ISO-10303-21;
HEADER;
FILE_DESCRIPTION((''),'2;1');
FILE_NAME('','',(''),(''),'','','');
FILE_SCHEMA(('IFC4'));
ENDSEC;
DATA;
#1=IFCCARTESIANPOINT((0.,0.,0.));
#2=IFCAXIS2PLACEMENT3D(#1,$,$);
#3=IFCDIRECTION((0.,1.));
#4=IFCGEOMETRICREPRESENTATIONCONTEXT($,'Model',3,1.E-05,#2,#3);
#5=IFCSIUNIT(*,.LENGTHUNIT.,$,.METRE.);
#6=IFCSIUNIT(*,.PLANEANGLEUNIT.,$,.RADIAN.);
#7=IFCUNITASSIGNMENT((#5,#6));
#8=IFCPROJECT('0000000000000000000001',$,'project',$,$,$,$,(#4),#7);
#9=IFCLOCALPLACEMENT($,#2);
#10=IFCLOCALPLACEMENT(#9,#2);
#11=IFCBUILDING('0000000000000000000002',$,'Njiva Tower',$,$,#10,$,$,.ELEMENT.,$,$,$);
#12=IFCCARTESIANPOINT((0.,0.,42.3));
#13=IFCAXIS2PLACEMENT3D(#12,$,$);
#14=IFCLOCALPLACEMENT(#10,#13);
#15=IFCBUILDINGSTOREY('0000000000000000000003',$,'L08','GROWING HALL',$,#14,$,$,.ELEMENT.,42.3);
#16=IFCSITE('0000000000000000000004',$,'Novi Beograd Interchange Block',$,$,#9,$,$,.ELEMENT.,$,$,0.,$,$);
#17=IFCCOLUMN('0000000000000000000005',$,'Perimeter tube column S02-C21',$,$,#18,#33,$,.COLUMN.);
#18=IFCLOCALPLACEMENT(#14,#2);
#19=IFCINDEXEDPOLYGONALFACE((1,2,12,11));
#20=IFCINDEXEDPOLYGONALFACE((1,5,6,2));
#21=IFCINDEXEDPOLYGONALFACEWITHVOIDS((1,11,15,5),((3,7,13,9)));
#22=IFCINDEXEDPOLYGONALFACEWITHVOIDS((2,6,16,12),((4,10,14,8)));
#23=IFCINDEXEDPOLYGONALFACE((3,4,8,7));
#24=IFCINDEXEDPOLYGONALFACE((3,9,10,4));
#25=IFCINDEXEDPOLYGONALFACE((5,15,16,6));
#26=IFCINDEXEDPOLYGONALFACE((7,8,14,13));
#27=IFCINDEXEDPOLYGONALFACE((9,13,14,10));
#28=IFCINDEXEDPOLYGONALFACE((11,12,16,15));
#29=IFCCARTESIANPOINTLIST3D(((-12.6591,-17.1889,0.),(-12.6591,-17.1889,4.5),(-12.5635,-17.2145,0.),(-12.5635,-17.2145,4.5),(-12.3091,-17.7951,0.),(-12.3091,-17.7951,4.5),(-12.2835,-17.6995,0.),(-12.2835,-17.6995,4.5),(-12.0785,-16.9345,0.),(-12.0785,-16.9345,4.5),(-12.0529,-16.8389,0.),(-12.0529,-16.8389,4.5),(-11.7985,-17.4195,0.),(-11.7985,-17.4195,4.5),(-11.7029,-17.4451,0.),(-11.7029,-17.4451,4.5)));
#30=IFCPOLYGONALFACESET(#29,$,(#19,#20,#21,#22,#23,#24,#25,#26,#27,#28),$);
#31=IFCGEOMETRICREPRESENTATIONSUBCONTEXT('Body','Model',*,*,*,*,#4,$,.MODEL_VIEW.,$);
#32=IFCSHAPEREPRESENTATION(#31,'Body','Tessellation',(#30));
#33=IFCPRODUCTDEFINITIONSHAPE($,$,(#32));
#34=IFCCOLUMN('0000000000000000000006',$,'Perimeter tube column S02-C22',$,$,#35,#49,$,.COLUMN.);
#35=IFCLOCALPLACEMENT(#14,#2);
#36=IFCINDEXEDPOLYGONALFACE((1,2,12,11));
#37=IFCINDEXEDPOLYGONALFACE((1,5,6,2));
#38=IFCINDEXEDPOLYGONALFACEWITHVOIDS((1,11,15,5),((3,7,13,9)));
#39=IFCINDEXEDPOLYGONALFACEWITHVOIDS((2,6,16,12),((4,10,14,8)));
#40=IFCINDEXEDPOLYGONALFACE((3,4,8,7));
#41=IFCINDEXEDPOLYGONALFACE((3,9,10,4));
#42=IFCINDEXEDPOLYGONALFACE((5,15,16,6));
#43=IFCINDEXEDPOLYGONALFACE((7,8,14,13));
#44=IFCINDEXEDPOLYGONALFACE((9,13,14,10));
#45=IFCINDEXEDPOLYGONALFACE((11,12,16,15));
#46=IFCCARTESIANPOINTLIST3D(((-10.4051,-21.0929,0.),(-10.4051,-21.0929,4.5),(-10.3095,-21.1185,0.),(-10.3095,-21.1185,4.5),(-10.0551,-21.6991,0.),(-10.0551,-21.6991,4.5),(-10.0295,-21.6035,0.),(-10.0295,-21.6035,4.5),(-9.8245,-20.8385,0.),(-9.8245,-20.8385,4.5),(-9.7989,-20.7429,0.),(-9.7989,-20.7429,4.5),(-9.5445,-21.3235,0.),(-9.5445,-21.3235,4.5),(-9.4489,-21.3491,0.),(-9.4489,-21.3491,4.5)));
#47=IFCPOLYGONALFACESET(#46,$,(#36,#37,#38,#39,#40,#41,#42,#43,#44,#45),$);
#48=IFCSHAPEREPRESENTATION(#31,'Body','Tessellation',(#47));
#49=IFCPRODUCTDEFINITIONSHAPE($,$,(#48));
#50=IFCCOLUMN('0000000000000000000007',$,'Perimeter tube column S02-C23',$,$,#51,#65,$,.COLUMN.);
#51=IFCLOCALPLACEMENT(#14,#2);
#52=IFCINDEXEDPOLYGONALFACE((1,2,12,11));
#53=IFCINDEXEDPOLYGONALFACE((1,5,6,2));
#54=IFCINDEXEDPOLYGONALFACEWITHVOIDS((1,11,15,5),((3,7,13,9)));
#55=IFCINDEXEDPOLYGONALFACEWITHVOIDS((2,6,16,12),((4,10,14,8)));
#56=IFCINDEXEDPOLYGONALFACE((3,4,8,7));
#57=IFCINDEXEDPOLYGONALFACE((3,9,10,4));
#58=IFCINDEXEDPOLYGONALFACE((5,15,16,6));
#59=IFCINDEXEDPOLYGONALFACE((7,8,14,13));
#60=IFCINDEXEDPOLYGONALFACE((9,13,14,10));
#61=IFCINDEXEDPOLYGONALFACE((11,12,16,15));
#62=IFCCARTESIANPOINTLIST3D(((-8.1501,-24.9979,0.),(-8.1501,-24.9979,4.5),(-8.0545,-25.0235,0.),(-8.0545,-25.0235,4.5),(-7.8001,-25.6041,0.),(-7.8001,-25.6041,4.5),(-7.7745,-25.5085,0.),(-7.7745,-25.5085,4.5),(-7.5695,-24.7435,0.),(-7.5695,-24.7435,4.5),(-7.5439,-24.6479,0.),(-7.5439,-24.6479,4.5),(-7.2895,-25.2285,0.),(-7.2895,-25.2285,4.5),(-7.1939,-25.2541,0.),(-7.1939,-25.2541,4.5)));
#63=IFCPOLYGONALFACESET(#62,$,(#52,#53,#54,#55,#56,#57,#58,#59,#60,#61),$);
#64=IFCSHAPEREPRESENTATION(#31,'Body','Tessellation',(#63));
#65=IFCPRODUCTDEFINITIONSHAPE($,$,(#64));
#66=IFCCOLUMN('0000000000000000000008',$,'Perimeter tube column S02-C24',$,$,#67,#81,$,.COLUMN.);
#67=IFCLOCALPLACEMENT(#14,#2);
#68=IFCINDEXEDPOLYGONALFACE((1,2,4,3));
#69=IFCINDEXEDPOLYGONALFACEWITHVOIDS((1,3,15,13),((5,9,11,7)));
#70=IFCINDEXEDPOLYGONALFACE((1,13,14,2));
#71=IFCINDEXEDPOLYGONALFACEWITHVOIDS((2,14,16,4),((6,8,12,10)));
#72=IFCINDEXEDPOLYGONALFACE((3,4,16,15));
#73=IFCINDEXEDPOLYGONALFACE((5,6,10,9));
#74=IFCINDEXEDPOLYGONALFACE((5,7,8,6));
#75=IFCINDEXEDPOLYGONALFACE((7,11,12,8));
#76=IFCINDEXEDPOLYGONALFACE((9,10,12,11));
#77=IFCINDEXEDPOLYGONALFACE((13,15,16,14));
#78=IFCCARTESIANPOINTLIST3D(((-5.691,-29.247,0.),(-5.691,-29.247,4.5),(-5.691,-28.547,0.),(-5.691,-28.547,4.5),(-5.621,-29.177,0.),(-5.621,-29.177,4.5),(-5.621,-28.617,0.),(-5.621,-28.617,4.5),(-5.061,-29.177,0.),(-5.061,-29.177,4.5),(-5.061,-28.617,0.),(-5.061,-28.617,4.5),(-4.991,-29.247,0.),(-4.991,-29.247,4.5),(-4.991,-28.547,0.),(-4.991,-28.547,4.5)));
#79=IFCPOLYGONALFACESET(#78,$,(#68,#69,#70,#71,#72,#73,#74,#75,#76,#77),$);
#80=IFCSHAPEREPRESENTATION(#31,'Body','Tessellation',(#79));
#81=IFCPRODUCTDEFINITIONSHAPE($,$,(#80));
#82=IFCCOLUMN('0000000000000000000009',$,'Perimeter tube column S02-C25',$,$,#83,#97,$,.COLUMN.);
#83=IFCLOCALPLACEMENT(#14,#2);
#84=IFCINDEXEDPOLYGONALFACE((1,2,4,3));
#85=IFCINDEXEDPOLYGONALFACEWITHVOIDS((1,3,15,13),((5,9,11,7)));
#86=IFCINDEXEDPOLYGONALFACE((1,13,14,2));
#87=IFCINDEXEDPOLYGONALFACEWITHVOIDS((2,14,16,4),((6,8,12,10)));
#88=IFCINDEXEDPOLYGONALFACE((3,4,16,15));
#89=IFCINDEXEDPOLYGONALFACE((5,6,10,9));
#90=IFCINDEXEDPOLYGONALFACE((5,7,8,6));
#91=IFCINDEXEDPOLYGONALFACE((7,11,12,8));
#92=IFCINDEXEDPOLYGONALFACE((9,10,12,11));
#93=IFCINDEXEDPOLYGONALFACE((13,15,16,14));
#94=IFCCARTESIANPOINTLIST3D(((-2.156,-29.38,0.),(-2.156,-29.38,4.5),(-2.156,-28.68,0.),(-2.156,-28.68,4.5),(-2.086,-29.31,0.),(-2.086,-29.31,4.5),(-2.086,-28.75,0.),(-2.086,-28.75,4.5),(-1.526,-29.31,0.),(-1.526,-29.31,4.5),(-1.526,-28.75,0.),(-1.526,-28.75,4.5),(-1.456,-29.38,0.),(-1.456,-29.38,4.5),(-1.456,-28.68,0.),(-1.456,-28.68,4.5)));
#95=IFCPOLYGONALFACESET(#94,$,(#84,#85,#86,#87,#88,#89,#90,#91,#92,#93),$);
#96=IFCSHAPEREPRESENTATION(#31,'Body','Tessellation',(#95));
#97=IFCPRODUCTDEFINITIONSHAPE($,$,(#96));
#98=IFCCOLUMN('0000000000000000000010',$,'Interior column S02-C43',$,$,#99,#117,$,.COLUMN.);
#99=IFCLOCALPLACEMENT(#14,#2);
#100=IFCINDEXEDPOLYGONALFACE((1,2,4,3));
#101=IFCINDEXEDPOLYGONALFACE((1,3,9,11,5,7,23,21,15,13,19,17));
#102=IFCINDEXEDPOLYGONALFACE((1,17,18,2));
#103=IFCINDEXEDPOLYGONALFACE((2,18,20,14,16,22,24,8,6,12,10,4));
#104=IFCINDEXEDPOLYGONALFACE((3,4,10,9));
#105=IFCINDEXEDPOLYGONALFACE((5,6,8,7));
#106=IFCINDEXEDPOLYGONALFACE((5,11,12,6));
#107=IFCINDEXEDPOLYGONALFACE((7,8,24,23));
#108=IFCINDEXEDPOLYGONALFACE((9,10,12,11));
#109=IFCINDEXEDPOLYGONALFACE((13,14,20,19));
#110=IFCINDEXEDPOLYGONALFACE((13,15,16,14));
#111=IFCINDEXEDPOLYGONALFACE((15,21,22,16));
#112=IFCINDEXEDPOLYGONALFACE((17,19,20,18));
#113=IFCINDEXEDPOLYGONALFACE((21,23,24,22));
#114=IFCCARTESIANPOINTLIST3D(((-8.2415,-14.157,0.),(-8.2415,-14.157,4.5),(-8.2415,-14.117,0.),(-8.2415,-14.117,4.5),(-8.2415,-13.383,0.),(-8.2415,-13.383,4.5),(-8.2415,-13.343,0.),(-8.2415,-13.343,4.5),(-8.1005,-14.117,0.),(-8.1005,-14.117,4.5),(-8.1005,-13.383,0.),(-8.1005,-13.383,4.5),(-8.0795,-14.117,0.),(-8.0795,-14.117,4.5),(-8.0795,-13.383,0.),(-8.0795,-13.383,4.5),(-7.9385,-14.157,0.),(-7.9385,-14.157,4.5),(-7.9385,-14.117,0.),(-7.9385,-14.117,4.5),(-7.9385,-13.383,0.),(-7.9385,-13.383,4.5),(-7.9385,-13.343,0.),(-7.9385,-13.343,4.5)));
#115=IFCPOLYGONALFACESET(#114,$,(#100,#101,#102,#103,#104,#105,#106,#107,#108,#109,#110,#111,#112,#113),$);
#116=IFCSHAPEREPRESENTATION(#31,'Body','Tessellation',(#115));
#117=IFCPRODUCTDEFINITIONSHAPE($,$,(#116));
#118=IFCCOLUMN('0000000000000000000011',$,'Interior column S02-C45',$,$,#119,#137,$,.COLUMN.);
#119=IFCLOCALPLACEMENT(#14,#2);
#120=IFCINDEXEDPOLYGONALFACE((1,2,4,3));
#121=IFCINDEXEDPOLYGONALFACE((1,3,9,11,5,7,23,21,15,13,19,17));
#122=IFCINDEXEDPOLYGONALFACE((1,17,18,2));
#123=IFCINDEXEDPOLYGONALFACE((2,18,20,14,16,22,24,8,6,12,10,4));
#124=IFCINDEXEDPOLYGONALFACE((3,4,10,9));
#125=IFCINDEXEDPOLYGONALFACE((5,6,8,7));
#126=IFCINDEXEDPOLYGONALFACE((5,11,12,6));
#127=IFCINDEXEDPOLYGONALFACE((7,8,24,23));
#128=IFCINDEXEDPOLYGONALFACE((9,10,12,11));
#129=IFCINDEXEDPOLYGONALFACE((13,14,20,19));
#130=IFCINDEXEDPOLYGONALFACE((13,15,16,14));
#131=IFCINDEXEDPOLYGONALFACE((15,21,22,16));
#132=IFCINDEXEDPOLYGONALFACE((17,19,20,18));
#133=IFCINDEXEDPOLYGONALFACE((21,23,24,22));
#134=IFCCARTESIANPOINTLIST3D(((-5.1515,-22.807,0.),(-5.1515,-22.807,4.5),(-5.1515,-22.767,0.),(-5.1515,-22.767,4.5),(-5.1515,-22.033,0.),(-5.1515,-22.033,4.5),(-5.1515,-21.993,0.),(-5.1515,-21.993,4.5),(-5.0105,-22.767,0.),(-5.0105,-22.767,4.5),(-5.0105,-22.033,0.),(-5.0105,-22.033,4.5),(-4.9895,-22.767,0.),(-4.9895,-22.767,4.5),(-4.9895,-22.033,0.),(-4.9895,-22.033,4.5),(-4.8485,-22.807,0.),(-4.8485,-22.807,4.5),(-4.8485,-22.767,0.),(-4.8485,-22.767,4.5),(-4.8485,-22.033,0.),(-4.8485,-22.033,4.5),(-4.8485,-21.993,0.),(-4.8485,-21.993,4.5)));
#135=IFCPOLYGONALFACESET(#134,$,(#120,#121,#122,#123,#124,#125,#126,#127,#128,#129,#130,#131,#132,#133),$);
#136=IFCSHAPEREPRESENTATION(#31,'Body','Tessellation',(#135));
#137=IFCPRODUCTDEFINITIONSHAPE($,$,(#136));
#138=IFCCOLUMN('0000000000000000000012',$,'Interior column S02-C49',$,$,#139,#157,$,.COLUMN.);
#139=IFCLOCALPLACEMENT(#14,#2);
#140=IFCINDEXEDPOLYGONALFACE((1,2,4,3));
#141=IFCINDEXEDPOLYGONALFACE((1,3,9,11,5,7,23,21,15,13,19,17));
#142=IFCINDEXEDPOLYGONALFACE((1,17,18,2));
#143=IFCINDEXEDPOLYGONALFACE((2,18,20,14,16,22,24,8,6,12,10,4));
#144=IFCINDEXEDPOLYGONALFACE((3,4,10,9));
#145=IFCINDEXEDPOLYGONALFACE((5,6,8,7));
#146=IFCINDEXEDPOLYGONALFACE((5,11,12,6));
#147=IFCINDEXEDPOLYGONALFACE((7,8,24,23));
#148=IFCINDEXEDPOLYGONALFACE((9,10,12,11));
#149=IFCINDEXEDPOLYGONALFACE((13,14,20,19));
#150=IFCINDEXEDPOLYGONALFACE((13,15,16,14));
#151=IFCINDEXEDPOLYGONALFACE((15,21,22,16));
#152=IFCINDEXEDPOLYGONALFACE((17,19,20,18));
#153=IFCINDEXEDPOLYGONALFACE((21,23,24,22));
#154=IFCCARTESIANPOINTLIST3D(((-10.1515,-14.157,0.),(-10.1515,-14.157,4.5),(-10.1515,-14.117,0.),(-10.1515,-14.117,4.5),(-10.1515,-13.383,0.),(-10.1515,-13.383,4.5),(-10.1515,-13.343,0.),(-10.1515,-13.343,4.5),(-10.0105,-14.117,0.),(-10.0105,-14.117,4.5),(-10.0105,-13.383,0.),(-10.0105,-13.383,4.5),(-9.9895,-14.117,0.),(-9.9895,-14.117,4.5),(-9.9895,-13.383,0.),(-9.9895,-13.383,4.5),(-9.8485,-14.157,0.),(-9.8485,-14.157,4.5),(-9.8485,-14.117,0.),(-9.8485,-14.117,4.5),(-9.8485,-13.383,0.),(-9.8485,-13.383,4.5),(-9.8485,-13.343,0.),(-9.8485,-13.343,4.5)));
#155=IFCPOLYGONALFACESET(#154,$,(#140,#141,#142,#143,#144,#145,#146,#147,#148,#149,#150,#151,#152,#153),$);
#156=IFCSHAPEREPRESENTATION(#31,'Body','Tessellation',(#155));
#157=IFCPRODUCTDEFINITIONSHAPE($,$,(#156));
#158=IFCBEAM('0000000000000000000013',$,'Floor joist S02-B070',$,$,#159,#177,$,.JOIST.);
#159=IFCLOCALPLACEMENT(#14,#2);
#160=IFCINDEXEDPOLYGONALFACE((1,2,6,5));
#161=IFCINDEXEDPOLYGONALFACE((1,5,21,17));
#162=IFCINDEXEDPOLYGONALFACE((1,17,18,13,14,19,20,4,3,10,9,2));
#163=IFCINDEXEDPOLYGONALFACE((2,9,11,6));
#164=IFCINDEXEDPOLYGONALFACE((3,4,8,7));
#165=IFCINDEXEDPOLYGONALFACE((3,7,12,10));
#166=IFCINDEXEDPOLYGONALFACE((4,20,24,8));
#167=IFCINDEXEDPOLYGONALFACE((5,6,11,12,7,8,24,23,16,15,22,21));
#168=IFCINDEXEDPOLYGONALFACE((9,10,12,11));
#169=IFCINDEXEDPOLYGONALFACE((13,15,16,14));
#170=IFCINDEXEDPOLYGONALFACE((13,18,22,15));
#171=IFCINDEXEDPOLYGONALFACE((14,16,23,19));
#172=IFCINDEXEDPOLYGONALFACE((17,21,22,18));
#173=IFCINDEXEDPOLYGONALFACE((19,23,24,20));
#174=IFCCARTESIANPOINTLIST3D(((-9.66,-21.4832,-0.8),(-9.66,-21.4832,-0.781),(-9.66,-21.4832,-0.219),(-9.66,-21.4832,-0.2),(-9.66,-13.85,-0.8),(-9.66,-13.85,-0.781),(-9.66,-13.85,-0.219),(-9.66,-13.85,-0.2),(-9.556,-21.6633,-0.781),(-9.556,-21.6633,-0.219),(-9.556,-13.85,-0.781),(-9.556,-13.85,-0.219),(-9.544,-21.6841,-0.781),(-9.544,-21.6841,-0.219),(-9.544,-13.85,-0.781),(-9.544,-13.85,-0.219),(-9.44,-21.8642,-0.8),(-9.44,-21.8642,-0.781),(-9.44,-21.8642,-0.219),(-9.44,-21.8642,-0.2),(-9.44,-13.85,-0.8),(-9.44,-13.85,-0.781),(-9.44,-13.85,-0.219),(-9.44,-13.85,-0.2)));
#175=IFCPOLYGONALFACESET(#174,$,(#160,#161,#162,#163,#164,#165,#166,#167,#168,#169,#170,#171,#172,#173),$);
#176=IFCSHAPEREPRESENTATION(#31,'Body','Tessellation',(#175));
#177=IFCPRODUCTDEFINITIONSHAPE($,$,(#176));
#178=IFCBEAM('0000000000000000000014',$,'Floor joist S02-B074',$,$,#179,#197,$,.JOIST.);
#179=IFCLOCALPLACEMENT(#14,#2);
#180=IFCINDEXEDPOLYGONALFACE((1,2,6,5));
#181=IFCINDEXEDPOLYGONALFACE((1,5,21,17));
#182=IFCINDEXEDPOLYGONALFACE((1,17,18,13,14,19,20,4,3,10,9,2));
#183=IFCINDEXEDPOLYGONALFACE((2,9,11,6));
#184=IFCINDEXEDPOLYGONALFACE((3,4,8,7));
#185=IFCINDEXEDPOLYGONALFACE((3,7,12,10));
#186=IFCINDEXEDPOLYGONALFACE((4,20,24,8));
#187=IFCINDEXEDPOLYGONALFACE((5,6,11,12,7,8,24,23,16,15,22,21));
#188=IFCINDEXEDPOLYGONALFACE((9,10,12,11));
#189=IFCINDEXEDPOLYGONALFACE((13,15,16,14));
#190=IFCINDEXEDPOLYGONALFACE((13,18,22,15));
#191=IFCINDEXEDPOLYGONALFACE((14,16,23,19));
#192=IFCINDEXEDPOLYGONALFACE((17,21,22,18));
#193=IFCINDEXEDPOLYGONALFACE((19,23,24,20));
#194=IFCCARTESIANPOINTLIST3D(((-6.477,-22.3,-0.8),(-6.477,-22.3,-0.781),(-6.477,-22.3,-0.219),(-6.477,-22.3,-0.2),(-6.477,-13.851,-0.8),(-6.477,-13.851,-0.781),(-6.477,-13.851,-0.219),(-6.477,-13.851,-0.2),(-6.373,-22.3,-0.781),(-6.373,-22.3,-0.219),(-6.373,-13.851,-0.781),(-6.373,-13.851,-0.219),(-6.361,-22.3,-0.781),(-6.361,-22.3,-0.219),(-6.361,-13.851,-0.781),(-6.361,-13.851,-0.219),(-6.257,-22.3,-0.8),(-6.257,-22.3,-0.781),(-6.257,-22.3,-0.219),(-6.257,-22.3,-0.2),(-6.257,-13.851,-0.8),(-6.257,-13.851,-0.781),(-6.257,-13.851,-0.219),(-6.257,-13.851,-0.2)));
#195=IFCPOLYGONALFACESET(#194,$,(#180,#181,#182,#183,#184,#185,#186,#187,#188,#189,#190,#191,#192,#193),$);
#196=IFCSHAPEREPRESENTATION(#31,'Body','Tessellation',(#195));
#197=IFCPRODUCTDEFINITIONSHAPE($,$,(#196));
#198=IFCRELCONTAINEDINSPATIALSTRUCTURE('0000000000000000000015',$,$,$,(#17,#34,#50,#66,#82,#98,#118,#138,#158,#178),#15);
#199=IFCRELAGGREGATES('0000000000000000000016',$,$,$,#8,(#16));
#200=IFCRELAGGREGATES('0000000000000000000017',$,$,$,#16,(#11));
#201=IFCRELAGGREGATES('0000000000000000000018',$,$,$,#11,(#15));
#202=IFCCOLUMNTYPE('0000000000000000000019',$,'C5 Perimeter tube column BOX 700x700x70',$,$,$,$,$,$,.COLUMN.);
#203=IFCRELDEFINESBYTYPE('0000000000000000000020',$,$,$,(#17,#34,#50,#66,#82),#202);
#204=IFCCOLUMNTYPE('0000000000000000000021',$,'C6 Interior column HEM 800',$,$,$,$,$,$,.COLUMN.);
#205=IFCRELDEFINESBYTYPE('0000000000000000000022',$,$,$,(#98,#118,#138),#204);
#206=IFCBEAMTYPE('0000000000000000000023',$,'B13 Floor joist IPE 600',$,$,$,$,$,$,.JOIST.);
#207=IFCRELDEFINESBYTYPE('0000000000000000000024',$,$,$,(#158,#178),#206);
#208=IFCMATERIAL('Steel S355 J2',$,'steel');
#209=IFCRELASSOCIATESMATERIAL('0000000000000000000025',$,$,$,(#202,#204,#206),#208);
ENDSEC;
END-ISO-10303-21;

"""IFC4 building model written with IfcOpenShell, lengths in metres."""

from ifc_helpers import new_model, si_unit, direction, frame, origin, origin_2d, place, context, subcontext, project, spatial, hollow_rectangle, i_section, extrude, clip, halfspace, material, material_profile, profile_set, type_object, element, save


model = new_model("IFC4")

# Units and contexts
model_context = context("Model", 3, precision=1e-05, world=origin(), true_north=direction((0.0, 1.0)))
body_context = subcontext(model_context, "Body", "Model", "MODEL_VIEW")
ifc_project = project(units=[si_unit("LENGTHUNIT", "METRE"), si_unit("PLANEANGLEUNIT", "RADIAN")], contexts=[model_context])

# Site, building, storey
site_placement = place(None, origin())
site = spatial("IfcSite", under=ifc_project, at=site_placement, Name="Novi Beograd Interchange Block", CompositionType="ELEMENT", RefElevation=0.0)
building_placement = place(site_placement, origin())
building = spatial("IfcBuilding", under=site, at=building_placement, Name="Njiva Tower", CompositionType="ELEMENT")
storey_placement = place(building_placement, frame((0.0, 0.0, 42.3)))
storey = spatial("IfcBuildingStorey", under=building, at=storey_placement, Name="L08", Description="GROWING HALL", CompositionType="ELEMENT", Elevation=42.3)

# Columns
ifc_material_1 = material(Name="Steel S355 J2", Category="steel")
ifc_material_profile_1 = material_profile(ifc_material_1, hollow_rectangle(XDim=0.7, YDim=0.7, WallThickness=0.07, at=origin_2d()), Name="BOX 700x700x70")
ifc_profile_set_1 = profile_set([ifc_material_profile_1], Name="Steel S355 J2")
column_type_1 = type_object("IfcColumnType", Name="C5 Perimeter tube column BOX 700x700x70", PredefinedType="COLUMN", material=ifc_profile_set_1)
for number, where, z_axis, x_axis, name in (
    (1, (-12.181, -17.317, 0.0), (0.0, 0.0, 1.0), (0.5, -0.866025, 0.0), "Perimeter tube column S02-C21"),
    (2, (-9.927, -21.221, 0.0), (0.0, 0.0, 1.0), (0.5, -0.866025, 0.0), "Perimeter tube column S02-C22"),
    (3, (-7.672, -25.126, 0.0), (0.0, 0.0, 1.0), (0.5, -0.866025, 0.0), "Perimeter tube column S02-C23"),
    (4, (-5.341, -28.897, 0.0), (0.0, 0.0, 1.0), (1.0, 0.0, 0.0), "Perimeter tube column S02-C24"),
    (5, (-1.806, -29.03, 0.0), (0.0, 0.0, 1.0), (1.0, 0.0, 0.0), "Perimeter tube column S02-C25"),
):
    element("IfcColumn", number, at=place(storey_placement, frame(where, z_axis=z_axis, x_axis=x_axis)), inside=storey, type_object=column_type_1, Name=name, PredefinedType="COLUMN", context=body_context, shape_type="SweptSolid", body=[
        extrude(hollow_rectangle(XDim=0.7, YDim=0.7, WallThickness=0.07, at=origin_2d()), origin(), (0.0, 0.0, 1.0), 4.5),
    ])
ifc_material_profile_2 = material_profile(ifc_material_1, i_section(OverallWidth=0.303, OverallDepth=0.814, WebThickness=0.021, FlangeThickness=0.04, at=origin_2d()), Name="HEM 800")
ifc_profile_set_2 = profile_set([ifc_material_profile_2], Name="Steel S355 J2")
column_type_2 = type_object("IfcColumnType", Name="C6 Interior column HEM 800", PredefinedType="COLUMN", material=ifc_profile_set_2)
for number, where, z_axis, x_axis, name in (
    (6, (-8.09, -13.75, 0.0), (0.0, 0.0, 1.0), (1.0, 0.0, 0.0), "Interior column S02-C43"),
    (7, (-5.0, -22.4, 0.0), (0.0, 0.0, 1.0), (1.0, 0.0, 0.0), "Interior column S02-C45"),
    (8, (-10.0, -13.75, 0.0), (0.0, 0.0, 1.0), (1.0, 0.0, 0.0), "Interior column S02-C49"),
):
    element("IfcColumn", number, at=place(storey_placement, frame(where, z_axis=z_axis, x_axis=x_axis)), inside=storey, type_object=column_type_2, Name=name, PredefinedType="COLUMN", context=body_context, shape_type="SweptSolid", body=[
        extrude(i_section(OverallWidth=0.303, OverallDepth=0.814, WebThickness=0.021, FlangeThickness=0.04, at=origin_2d()), origin(), (0.0, 0.0, 1.0), 4.5),
    ])

# Beams
ifc_material_profile_3 = material_profile(ifc_material_1, i_section(OverallWidth=0.22, OverallDepth=0.6, WebThickness=0.012, FlangeThickness=0.019, at=origin_2d()), Name="IPE 600")
ifc_profile_set_3 = profile_set([ifc_material_profile_3], Name="Steel S355 J2")
beam_type_1 = type_object("IfcBeamType", Name="B13 Floor joist IPE 600", PredefinedType="JOIST", material=ifc_profile_set_3)
beam_1_placement = place(storey_placement, frame((-9.55, -13.85, -0.5), z_axis=(0.0, -1.0, 0.0), x_axis=(1.0, 0.0, 0.0)))
element("IfcBeam", 9, at=beam_1_placement, inside=storey, type_object=beam_type_1, Name="Floor joist S02-B070", PredefinedType="JOIST", context=body_context, shape_type="Clipping", body=[
    clip(extrude(i_section(OverallWidth=0.22, OverallDepth=0.6, WebThickness=0.012, FlangeThickness=0.019, at=origin_2d()), origin(), (0.0, 0.0, 1.0), 8.035), halfspace(frame((-0.0433, 0.0, 7.7487), z_axis=(-0.866027, 0.0, 0.499998), x_axis=(0.0, 1.0, 0.0)), False)),
])
beam_2_placement = place(storey_placement, frame((-6.367, -13.851, -0.5), z_axis=(0.0, -1.0, 0.0), x_axis=(1.0, 0.0, 0.0)))
element("IfcBeam", 10, at=beam_2_placement, inside=storey, type_object=beam_type_1, Name="Floor joist S02-B074", PredefinedType="JOIST", context=body_context, shape_type="SweptSolid", body=[
    extrude(i_section(OverallWidth=0.22, OverallDepth=0.6, WebThickness=0.012, FlangeThickness=0.019, at=origin_2d()), origin(), (0.0, 0.0, 1.0), 8.449),
])

save(model, "model.ifc")
